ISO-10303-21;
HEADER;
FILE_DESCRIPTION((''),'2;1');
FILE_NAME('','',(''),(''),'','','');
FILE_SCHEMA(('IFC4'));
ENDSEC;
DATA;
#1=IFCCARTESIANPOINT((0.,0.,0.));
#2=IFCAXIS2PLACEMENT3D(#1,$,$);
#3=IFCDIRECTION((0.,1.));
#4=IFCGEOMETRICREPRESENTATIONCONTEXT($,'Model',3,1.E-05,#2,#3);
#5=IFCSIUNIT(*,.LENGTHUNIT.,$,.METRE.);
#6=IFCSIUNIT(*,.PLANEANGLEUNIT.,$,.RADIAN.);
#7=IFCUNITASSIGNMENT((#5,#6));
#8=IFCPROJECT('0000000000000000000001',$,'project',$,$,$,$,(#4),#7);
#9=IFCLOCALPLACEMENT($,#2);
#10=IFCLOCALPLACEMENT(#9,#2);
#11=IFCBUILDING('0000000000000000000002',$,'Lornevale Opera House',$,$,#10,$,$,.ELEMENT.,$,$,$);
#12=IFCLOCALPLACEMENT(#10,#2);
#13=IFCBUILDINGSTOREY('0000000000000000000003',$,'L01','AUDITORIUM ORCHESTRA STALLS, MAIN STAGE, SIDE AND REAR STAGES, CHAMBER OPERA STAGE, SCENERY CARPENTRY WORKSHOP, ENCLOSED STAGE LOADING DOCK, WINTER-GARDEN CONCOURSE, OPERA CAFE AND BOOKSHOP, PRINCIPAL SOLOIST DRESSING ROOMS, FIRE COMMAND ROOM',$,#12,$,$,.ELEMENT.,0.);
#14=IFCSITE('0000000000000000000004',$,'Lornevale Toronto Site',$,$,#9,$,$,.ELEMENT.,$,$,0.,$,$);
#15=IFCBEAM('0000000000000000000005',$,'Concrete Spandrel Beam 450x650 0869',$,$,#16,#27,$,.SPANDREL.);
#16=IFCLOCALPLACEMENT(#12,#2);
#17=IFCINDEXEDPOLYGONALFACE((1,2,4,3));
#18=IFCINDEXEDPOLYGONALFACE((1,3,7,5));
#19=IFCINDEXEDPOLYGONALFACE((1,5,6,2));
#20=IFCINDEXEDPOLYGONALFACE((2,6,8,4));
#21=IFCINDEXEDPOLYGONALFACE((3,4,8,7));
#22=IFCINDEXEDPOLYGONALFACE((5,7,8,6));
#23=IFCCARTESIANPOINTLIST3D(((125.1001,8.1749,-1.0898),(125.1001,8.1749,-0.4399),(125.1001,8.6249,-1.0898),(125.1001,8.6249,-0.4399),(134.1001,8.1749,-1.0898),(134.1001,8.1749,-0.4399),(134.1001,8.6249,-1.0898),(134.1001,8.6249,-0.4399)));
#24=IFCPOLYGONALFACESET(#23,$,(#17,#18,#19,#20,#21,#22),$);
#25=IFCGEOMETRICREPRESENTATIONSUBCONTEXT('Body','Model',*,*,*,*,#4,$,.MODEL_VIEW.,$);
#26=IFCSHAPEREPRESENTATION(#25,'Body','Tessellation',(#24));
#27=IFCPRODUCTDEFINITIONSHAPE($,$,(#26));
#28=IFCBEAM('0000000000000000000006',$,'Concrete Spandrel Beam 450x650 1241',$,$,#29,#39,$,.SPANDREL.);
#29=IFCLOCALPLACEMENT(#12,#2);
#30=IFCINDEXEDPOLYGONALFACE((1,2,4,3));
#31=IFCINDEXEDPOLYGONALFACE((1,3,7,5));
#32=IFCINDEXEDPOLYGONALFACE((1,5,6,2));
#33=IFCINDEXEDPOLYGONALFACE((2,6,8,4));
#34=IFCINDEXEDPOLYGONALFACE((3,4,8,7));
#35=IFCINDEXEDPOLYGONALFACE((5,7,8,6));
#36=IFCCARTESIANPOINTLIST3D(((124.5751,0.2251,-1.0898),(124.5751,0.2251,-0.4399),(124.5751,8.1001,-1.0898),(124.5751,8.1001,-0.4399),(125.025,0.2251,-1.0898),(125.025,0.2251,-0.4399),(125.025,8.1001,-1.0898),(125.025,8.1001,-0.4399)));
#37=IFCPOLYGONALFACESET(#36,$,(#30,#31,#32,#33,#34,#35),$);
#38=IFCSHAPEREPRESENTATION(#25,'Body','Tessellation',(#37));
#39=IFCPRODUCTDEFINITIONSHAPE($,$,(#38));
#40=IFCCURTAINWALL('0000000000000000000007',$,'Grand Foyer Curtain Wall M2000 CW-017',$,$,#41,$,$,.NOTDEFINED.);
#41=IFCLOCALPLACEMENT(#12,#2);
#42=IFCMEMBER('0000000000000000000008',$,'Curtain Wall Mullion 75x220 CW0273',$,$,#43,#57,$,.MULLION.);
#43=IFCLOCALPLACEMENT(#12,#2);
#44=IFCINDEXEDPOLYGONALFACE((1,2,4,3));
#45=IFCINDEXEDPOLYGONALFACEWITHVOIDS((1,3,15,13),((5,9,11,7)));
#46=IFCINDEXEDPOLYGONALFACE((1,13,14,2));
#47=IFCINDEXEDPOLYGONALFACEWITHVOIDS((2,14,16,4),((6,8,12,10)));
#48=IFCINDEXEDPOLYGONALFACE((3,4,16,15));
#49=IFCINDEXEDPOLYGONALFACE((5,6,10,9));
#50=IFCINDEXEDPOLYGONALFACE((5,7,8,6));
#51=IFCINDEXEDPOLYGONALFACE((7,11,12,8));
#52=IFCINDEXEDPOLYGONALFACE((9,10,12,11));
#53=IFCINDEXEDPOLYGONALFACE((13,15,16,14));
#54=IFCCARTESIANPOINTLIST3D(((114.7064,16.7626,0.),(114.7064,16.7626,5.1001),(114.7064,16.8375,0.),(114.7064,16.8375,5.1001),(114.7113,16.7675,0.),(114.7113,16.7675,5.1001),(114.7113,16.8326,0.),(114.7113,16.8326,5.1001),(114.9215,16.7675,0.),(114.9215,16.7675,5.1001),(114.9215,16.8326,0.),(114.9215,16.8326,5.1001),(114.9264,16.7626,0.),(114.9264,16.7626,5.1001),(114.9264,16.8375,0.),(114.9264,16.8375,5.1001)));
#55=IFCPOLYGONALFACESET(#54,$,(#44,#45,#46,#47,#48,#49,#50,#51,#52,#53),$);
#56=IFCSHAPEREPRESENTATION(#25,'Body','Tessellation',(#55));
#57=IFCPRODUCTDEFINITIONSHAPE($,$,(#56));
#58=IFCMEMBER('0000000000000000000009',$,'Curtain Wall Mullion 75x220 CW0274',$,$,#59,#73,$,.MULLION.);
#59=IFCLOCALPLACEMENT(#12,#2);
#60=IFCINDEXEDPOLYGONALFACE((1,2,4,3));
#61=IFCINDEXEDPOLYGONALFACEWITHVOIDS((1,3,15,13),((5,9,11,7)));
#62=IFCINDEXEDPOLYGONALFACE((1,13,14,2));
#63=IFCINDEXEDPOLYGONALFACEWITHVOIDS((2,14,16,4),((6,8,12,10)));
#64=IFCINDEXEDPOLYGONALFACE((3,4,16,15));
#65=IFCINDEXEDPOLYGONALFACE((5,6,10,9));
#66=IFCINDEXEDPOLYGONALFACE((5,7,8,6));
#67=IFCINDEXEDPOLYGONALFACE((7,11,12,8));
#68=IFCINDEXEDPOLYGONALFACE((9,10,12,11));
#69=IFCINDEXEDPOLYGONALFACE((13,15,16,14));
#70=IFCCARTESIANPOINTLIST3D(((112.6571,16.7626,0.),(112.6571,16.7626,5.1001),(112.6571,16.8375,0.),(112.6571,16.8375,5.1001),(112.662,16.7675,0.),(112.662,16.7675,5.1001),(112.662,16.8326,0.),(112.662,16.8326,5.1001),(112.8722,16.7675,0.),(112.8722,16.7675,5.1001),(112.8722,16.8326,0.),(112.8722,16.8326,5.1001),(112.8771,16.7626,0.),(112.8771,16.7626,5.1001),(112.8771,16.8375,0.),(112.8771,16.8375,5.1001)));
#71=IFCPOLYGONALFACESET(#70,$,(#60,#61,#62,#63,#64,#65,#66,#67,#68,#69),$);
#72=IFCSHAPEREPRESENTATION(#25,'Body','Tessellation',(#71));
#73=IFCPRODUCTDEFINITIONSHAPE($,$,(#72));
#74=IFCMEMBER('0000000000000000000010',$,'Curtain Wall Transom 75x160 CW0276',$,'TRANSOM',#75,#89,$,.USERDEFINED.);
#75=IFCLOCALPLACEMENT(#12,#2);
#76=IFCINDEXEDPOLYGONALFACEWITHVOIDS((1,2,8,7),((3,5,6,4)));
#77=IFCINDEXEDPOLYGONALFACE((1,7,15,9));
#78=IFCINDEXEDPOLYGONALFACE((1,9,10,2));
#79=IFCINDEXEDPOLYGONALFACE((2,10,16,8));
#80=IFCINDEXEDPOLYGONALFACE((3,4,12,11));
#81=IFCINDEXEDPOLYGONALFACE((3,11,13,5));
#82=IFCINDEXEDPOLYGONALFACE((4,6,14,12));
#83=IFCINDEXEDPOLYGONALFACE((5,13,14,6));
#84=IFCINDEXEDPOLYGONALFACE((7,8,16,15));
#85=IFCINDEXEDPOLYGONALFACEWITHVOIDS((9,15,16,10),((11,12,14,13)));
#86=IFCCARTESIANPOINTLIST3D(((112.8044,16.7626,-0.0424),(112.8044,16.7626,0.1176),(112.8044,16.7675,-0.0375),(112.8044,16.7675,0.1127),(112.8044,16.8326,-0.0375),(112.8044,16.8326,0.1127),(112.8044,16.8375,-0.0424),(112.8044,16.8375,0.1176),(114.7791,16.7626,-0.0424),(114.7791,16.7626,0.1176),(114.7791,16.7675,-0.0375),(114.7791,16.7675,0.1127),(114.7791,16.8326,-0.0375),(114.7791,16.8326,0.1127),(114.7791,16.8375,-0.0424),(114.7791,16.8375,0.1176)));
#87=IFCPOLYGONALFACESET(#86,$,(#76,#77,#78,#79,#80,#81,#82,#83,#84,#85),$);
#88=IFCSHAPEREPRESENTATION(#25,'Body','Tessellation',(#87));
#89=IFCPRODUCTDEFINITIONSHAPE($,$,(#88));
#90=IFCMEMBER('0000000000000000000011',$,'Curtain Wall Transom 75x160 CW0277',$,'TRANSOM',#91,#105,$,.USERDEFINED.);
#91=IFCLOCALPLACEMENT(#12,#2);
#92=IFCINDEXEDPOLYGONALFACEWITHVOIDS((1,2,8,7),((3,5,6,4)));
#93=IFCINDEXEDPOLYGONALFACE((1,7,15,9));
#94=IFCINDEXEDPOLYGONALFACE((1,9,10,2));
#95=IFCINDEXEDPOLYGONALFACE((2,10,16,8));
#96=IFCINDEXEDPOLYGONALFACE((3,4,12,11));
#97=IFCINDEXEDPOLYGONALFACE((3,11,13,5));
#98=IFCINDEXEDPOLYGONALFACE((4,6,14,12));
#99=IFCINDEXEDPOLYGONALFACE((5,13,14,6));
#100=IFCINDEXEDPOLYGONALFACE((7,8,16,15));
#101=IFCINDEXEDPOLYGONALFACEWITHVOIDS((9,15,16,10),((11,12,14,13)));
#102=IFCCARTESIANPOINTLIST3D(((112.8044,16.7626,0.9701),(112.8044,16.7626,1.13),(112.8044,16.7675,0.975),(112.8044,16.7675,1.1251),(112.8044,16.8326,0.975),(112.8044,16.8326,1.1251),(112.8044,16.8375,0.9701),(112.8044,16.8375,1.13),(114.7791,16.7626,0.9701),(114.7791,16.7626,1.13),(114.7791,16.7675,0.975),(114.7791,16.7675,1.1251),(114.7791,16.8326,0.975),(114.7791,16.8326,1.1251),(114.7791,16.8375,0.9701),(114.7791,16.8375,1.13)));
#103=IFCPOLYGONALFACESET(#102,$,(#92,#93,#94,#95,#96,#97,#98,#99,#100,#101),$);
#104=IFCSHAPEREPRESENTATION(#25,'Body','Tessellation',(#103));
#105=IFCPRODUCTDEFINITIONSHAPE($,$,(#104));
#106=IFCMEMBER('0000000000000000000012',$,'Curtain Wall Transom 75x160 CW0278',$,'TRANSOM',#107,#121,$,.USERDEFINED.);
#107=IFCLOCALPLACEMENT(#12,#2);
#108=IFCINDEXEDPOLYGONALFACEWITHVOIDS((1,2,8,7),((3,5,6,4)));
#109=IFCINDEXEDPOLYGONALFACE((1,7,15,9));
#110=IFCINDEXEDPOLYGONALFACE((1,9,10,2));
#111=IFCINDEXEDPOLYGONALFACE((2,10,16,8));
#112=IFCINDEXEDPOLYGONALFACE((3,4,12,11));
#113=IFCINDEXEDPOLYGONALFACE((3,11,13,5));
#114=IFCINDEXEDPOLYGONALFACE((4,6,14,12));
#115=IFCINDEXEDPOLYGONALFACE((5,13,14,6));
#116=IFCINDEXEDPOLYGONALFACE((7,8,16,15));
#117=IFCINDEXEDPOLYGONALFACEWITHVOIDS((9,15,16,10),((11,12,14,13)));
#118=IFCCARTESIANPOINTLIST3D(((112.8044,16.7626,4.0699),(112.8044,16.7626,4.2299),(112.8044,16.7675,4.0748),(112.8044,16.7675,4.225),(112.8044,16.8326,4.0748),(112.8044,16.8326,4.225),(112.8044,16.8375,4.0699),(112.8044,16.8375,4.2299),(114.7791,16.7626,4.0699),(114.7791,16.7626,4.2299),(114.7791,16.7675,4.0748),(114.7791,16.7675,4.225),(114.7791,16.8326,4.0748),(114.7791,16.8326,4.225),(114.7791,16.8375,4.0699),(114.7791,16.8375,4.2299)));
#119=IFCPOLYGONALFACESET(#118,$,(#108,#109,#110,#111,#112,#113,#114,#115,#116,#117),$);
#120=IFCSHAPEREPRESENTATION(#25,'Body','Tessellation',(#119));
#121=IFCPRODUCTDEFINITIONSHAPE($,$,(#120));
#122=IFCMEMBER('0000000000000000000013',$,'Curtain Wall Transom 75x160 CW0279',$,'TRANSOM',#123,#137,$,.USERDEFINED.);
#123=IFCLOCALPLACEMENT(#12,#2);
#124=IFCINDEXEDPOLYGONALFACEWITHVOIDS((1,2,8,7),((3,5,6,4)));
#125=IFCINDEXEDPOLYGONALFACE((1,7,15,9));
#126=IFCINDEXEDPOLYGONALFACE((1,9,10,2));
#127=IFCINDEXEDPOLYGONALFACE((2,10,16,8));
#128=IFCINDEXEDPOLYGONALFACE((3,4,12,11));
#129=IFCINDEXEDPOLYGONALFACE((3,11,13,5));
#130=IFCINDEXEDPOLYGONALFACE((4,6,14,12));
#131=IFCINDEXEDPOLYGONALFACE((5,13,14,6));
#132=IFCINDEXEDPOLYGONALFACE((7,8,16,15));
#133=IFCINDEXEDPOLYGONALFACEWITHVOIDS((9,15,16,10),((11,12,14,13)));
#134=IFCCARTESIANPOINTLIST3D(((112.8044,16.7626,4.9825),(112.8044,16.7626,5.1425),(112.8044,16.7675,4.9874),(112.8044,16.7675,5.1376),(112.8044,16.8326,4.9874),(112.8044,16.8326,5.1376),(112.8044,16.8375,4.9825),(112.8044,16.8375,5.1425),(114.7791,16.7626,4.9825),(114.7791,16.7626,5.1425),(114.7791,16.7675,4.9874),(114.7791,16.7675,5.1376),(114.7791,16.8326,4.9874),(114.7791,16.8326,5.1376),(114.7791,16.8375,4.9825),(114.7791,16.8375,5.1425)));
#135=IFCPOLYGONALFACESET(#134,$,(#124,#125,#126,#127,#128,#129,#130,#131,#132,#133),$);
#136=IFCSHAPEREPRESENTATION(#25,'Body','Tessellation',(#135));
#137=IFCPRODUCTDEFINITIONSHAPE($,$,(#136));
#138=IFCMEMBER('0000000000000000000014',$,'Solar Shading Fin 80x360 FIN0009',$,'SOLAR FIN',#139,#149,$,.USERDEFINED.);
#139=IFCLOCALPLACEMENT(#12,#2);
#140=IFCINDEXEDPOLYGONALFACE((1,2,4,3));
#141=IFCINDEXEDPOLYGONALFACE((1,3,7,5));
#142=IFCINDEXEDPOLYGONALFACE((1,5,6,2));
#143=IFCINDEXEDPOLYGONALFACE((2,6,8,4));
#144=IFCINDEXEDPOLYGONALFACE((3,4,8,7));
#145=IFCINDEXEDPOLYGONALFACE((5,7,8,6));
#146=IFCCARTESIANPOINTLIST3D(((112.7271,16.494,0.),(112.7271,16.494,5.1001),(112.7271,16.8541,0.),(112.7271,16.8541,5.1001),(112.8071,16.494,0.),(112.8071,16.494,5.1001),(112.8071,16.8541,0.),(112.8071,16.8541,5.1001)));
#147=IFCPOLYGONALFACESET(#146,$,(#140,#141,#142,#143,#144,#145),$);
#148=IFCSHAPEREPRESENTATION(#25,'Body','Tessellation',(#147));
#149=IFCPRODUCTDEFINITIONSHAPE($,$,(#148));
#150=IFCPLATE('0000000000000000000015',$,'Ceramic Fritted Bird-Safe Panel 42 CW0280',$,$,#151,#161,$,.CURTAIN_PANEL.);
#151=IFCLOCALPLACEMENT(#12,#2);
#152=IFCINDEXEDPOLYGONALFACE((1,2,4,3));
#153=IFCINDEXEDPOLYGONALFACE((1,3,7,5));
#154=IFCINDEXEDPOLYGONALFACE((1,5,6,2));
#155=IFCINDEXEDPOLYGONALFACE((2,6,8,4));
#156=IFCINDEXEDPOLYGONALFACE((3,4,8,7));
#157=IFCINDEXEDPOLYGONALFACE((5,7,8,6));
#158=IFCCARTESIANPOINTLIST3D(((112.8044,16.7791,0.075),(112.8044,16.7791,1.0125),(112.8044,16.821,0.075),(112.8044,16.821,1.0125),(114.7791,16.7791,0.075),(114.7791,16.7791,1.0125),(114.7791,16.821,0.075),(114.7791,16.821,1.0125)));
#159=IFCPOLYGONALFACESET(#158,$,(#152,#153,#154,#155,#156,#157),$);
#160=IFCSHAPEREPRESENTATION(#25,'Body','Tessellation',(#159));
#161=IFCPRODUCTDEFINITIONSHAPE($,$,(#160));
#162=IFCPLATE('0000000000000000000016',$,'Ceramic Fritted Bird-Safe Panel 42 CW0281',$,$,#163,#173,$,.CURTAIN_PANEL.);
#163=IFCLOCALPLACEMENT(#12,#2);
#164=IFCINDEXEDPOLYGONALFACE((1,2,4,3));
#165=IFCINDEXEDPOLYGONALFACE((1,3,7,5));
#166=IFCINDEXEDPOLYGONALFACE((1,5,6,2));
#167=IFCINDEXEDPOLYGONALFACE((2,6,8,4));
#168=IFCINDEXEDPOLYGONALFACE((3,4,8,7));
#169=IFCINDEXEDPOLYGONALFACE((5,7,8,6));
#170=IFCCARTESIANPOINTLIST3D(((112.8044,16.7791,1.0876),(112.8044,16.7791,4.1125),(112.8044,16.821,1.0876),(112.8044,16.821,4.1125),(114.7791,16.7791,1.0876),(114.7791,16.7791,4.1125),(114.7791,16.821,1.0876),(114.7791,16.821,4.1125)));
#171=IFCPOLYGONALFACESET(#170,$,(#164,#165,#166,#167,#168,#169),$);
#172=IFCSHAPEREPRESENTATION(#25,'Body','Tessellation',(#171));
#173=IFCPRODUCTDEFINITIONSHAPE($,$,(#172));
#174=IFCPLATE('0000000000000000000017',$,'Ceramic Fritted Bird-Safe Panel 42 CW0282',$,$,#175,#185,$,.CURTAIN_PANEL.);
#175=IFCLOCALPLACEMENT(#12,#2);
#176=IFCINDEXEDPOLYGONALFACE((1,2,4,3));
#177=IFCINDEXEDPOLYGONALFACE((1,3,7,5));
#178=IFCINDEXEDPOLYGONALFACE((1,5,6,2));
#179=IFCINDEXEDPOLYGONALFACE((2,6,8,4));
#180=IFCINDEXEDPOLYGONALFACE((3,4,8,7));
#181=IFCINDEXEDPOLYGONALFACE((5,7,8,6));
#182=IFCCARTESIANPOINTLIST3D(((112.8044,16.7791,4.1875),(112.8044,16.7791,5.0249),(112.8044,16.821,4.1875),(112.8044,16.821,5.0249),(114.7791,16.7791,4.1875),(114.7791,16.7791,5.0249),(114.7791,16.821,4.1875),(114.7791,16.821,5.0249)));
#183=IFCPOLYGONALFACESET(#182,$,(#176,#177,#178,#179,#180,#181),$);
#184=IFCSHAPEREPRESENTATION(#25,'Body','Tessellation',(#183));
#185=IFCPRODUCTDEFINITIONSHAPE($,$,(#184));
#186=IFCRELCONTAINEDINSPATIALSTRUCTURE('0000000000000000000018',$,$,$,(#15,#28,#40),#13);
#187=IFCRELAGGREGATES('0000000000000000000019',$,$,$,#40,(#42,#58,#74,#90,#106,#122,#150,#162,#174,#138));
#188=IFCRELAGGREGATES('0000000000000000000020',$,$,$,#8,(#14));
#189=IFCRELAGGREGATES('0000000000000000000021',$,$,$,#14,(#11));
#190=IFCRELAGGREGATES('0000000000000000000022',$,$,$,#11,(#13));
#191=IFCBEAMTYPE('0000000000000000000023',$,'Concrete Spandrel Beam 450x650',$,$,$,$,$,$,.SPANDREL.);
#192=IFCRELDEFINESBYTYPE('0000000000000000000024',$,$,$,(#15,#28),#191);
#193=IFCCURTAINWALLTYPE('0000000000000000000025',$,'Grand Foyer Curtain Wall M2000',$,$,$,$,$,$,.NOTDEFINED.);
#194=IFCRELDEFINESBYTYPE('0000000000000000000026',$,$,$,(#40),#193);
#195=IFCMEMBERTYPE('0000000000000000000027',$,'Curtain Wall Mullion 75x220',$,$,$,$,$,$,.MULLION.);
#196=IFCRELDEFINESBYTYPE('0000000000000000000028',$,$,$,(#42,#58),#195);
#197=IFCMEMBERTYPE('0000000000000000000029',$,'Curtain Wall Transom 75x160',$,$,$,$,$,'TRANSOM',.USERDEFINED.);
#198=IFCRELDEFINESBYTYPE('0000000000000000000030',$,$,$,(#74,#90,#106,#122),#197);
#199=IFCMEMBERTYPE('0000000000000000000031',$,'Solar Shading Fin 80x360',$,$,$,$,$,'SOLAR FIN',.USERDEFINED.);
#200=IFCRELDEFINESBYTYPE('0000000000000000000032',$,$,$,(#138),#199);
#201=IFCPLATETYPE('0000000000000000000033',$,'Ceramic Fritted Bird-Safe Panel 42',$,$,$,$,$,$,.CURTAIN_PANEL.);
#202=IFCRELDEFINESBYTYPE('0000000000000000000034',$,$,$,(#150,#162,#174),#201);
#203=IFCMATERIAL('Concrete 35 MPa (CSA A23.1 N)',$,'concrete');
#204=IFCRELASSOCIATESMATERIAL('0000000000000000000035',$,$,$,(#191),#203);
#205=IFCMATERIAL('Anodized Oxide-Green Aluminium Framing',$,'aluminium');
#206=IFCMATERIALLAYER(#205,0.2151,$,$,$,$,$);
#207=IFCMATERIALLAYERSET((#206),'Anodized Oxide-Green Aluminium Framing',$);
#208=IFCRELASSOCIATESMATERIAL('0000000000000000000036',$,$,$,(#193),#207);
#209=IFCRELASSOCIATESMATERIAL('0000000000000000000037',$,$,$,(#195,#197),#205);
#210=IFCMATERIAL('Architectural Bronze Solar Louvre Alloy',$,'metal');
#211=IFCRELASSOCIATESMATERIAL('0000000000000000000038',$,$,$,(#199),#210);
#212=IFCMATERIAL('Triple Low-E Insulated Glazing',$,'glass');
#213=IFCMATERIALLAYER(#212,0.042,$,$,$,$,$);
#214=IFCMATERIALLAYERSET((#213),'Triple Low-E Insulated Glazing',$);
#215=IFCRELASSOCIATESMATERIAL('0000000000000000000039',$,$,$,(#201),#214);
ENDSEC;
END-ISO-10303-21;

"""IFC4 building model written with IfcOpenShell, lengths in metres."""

from ifc_helpers import new_model, si_unit, direction, frame, origin, origin_2d, place, context, subcontext, project, spatial, rectangle, hollow_rectangle, extrude, material, layer, layer_set, material_profile, profile_set, type_object, element, aggregate, save


model = new_model("IFC4")

# Units and contexts
model_context = context("Model", 3, precision=1e-05, world=origin(), true_north=direction((0.0, 1.0)))
body_context = subcontext(model_context, "Body", "Model", "MODEL_VIEW")
ifc_project = project(units=[si_unit("LENGTHUNIT", "METRE"), si_unit("PLANEANGLEUNIT", "RADIAN")], contexts=[model_context])

# Site, building, storey
site_placement = place(None, origin())
site = spatial("IfcSite", under=ifc_project, at=site_placement, Name="Lornevale Toronto Site", CompositionType="ELEMENT", RefElevation=0.0)
building_placement = place(site_placement, origin())
building = spatial("IfcBuilding", under=site, at=building_placement, Name="Lornevale Opera House", CompositionType="ELEMENT")
storey_placement = place(building_placement, origin())
storey = spatial("IfcBuildingStorey", under=building, at=storey_placement, Name="L01", Description="AUDITORIUM ORCHESTRA STALLS, MAIN STAGE, SIDE AND REAR STAGES, CHAMBER OPERA STAGE, SCENERY CARPENTRY WORKSHOP, ENCLOSED STAGE LOADING DOCK, WINTER-GARDEN CONCOURSE, OPERA CAFE AND BOOKSHOP, PRINCIPAL SOLOIST DRESSING ROOMS, FIRE COMMAND ROOM", CompositionType="ELEMENT", Elevation=0.0)

# Beams
ifc_material_1 = material(Name="Concrete 35 MPa (CSA A23.1 N)", Category="concrete")
ifc_material_profile_1 = material_profile(ifc_material_1, rectangle(XDim=0.45, YDim=0.6499, at=origin_2d()), Name="RC450x650")
ifc_profile_set_1 = profile_set([ifc_material_profile_1], Name="Concrete 35 MPa (CSA A23.1 N)")
beam_type_1 = type_object("IfcBeamType", Name="Concrete Spandrel Beam 450x650", PredefinedType="SPANDREL", material=ifc_profile_set_1)
beam_1_placement = place(storey_placement, frame((125.1001, 8.3999, -0.7649), z_axis=(1.0, 0.0, 0.0), x_axis=(0.0, 1.0, 0.0)))
element("IfcBeam", 1, at=beam_1_placement, inside=storey, type_object=beam_type_1, Name="Concrete Spandrel Beam 450x650 0869", PredefinedType="SPANDREL", context=body_context, shape_type="SweptSolid", body=[
    extrude(rectangle(XDim=0.45, YDim=0.6499, at=origin_2d()), origin(), (0.0, 0.0, 1.0), 9.0),
])
beam_2_placement = place(storey_placement, frame((124.8, 0.2251, -0.7649), z_axis=(0.0, 1.0, 0.0), x_axis=(-1.0, 0.0, 0.0)))
element("IfcBeam", 2, at=beam_2_placement, inside=storey, type_object=beam_type_1, Name="Concrete Spandrel Beam 450x650 1241", PredefinedType="SPANDREL", context=body_context, shape_type="SweptSolid", body=[
    extrude(rectangle(XDim=0.45, YDim=0.6499, at=origin_2d()), origin(), (0.0, 0.0, 1.0), 7.875),
])

# Curtain wall, members, plates
ifc_material_2 = material(Name="Anodized Oxide-Green Aluminium Framing", Category="aluminium")
ifc_layer_1 = layer(ifc_material_2, 0.2151)
ifc_layer_set_1 = layer_set([ifc_layer_1], Name="Anodized Oxide-Green Aluminium Framing")
curtain_wall_type = type_object("IfcCurtainWallType", Name="Grand Foyer Curtain Wall M2000", PredefinedType="NOTDEFINED", material=ifc_layer_set_1)
curtain_wall_placement = place(storey_placement, origin())
curtain_wall = element("IfcCurtainWall", 3, at=curtain_wall_placement, inside=storey, type_object=curtain_wall_type, Name="Grand Foyer Curtain Wall M2000 CW-017", PredefinedType="NOTDEFINED")
ifc_material_profile_2 = material_profile(ifc_material_2, hollow_rectangle(XDim=0.075, YDim=0.22, WallThickness=0.0049, at=origin_2d()), Name="ALU75x220x5")
ifc_profile_set_2 = profile_set([ifc_material_profile_2], Name="Anodized Oxide-Green Aluminium Framing")
member_type_1 = type_object("IfcMemberType", Name="Curtain Wall Mullion 75x220", PredefinedType="MULLION", material=ifc_profile_set_2)
member_1_placement = place(storey_placement, frame((114.8164, 16.8, 0.0), z_axis=(0.0, 0.0, 1.0), x_axis=(0.0, -1.0, 0.0)))
member_1 = element("IfcMember", 4, at=member_1_placement, type_object=member_type_1, Name="Curtain Wall Mullion 75x220 CW0273", PredefinedType="MULLION", context=body_context, shape_type="SweptSolid", body=[
    extrude(hollow_rectangle(XDim=0.075, YDim=0.22, WallThickness=0.0049, at=origin_2d()), origin(), (0.0, 0.0, 1.0), 5.1001),
])
member_2_placement = place(storey_placement, frame((112.7671, 16.8, 0.0), z_axis=(0.0, 0.0, 1.0), x_axis=(0.0, -1.0, 0.0)))
member_2 = element("IfcMember", 5, at=member_2_placement, type_object=member_type_1, Name="Curtain Wall Mullion 75x220 CW0274", PredefinedType="MULLION", context=body_context, shape_type="SweptSolid", body=[
    extrude(hollow_rectangle(XDim=0.075, YDim=0.22, WallThickness=0.0049, at=origin_2d()), origin(), (0.0, 0.0, 1.0), 5.1001),
])
ifc_material_profile_3 = material_profile(ifc_material_2, hollow_rectangle(XDim=0.075, YDim=0.1599, WallThickness=0.0049, at=origin_2d()), Name="ALU75x160x5")
ifc_profile_set_3 = profile_set([ifc_material_profile_3], Name="Anodized Oxide-Green Aluminium Framing")
member_type_2 = type_object("IfcMemberType", Name="Curtain Wall Transom 75x160", ElementType="TRANSOM", PredefinedType="USERDEFINED", material=ifc_profile_set_3)
member_3_placement = place(storey_placement, frame((114.7791, 16.8, 0.0376), z_axis=(-1.0, 0.0, 0.0), x_axis=(0.0, -1.0, 0.0)))
member_3 = element("IfcMember", 6, at=member_3_placement, type_object=member_type_2, Name="Curtain Wall Transom 75x160 CW0276", ObjectType="TRANSOM", PredefinedType="USERDEFINED", context=body_context, shape_type="SweptSolid", body=[
    extrude(hollow_rectangle(XDim=0.075, YDim=0.1599, WallThickness=0.0049, at=origin_2d()), origin(), (0.0, 0.0, 1.0), 1.9746),
])
member_4_placement = place(storey_placement, frame((114.7791, 16.8, 1.05), z_axis=(-1.0, 0.0, 0.0), x_axis=(0.0, -1.0, 0.0)))
member_4 = element("IfcMember", 7, at=member_4_placement, type_object=member_type_2, Name="Curtain Wall Transom 75x160 CW0277", ObjectType="TRANSOM", PredefinedType="USERDEFINED", context=body_context, shape_type="SweptSolid", body=[
    extrude(hollow_rectangle(XDim=0.075, YDim=0.1599, WallThickness=0.0049, at=origin_2d()), origin(), (0.0, 0.0, 1.0), 1.9746),
])
member_5_placement = place(storey_placement, frame((114.7791, 16.8, 4.1499), z_axis=(-1.0, 0.0, 0.0), x_axis=(0.0, -1.0, 0.0)))
member_5 = element("IfcMember", 8, at=member_5_placement, type_object=member_type_2, Name="Curtain Wall Transom 75x160 CW0278", ObjectType="TRANSOM", PredefinedType="USERDEFINED", context=body_context, shape_type="SweptSolid", body=[
    extrude(hollow_rectangle(XDim=0.075, YDim=0.1599, WallThickness=0.0049, at=origin_2d()), origin(), (0.0, 0.0, 1.0), 1.9746),
])
member_6_placement = place(storey_placement, frame((114.7791, 16.8, 5.0625), z_axis=(-1.0, 0.0, 0.0), x_axis=(0.0, -1.0, 0.0)))
member_6 = element("IfcMember", 9, at=member_6_placement, type_object=member_type_2, Name="Curtain Wall Transom 75x160 CW0279", ObjectType="TRANSOM", PredefinedType="USERDEFINED", context=body_context, shape_type="SweptSolid", body=[
    extrude(hollow_rectangle(XDim=0.075, YDim=0.1599, WallThickness=0.0049, at=origin_2d()), origin(), (0.0, 0.0, 1.0), 1.9746),
])
ifc_material_3 = material(Name="Architectural Bronze Solar Louvre Alloy", Category="metal")
ifc_material_profile_4 = material_profile(ifc_material_3, rectangle(XDim=0.0801, YDim=0.3601, at=origin_2d()), Name="FIN80x360")
ifc_profile_set_4 = profile_set([ifc_material_profile_4], Name="Architectural Bronze Solar Louvre Alloy")
member_type_3 = type_object("IfcMemberType", Name="Solar Shading Fin 80x360", ElementType="SOLAR FIN", PredefinedType="USERDEFINED", material=ifc_profile_set_4)
member_7_placement = place(storey_placement, frame((112.7671, 16.6741, 0.0), z_axis=(0.0, 0.0, 1.0), x_axis=(-1.0, 0.0, 0.0)))
member_7 = element("IfcMember", 10, at=member_7_placement, type_object=member_type_3, Name="Solar Shading Fin 80x360 FIN0009", ObjectType="SOLAR FIN", PredefinedType="USERDEFINED", context=body_context, shape_type="SweptSolid", body=[
    extrude(rectangle(XDim=0.0801, YDim=0.3601, at=origin_2d()), origin(), (0.0, 0.0, 1.0), 5.1001),
])
ifc_material_4 = material(Name="Triple Low-E Insulated Glazing", Category="glass")
ifc_layer_2 = layer(ifc_material_4, 0.042)
ifc_layer_set_2 = layer_set([ifc_layer_2], Name="Triple Low-E Insulated Glazing")
plate_type = type_object("IfcPlateType", Name="Ceramic Fritted Bird-Safe Panel 42", PredefinedType="CURTAIN_PANEL", material=ifc_layer_set_2)
plate_1_placement = place(storey_placement, frame((113.7917, 16.8, 0.075), z_axis=(0.0, 0.0, 1.0), x_axis=(-1.0, 0.0, 0.0)))
plate_1 = element("IfcPlate", 11, at=plate_1_placement, type_object=plate_type, Name="Ceramic Fritted Bird-Safe Panel 42 CW0280", PredefinedType="CURTAIN_PANEL", context=body_context, shape_type="SweptSolid", body=[
    extrude(rectangle(XDim=1.9746, YDim=0.042, at=origin_2d()), origin(), (0.0, 0.0, 1.0), 0.9375),
])
plate_2_placement = place(storey_placement, frame((113.7917, 16.8, 1.0876), z_axis=(0.0, 0.0, 1.0), x_axis=(-1.0, 0.0, 0.0)))
plate_2 = element("IfcPlate", 12, at=plate_2_placement, type_object=plate_type, Name="Ceramic Fritted Bird-Safe Panel 42 CW0281", PredefinedType="CURTAIN_PANEL", context=body_context, shape_type="SweptSolid", body=[
    extrude(rectangle(XDim=1.9746, YDim=0.042, at=origin_2d()), origin(), (0.0, 0.0, 1.0), 3.0249),
])
plate_3_placement = place(storey_placement, frame((113.7917, 16.8, 4.1875), z_axis=(0.0, 0.0, 1.0), x_axis=(-1.0, 0.0, 0.0)))
plate_3 = element("IfcPlate", 13, at=plate_3_placement, type_object=plate_type, Name="Ceramic Fritted Bird-Safe Panel 42 CW0282", PredefinedType="CURTAIN_PANEL", context=body_context, shape_type="SweptSolid", body=[
    extrude(rectangle(XDim=1.9746, YDim=0.042, at=origin_2d()), origin(), (0.0, 0.0, 1.0), 0.8374),
])
aggregate(curtain_wall, [member_1, member_2, member_3, member_4, member_5, member_6, plate_1, plate_2, plate_3, member_7])

save(model, "model.ifc")
